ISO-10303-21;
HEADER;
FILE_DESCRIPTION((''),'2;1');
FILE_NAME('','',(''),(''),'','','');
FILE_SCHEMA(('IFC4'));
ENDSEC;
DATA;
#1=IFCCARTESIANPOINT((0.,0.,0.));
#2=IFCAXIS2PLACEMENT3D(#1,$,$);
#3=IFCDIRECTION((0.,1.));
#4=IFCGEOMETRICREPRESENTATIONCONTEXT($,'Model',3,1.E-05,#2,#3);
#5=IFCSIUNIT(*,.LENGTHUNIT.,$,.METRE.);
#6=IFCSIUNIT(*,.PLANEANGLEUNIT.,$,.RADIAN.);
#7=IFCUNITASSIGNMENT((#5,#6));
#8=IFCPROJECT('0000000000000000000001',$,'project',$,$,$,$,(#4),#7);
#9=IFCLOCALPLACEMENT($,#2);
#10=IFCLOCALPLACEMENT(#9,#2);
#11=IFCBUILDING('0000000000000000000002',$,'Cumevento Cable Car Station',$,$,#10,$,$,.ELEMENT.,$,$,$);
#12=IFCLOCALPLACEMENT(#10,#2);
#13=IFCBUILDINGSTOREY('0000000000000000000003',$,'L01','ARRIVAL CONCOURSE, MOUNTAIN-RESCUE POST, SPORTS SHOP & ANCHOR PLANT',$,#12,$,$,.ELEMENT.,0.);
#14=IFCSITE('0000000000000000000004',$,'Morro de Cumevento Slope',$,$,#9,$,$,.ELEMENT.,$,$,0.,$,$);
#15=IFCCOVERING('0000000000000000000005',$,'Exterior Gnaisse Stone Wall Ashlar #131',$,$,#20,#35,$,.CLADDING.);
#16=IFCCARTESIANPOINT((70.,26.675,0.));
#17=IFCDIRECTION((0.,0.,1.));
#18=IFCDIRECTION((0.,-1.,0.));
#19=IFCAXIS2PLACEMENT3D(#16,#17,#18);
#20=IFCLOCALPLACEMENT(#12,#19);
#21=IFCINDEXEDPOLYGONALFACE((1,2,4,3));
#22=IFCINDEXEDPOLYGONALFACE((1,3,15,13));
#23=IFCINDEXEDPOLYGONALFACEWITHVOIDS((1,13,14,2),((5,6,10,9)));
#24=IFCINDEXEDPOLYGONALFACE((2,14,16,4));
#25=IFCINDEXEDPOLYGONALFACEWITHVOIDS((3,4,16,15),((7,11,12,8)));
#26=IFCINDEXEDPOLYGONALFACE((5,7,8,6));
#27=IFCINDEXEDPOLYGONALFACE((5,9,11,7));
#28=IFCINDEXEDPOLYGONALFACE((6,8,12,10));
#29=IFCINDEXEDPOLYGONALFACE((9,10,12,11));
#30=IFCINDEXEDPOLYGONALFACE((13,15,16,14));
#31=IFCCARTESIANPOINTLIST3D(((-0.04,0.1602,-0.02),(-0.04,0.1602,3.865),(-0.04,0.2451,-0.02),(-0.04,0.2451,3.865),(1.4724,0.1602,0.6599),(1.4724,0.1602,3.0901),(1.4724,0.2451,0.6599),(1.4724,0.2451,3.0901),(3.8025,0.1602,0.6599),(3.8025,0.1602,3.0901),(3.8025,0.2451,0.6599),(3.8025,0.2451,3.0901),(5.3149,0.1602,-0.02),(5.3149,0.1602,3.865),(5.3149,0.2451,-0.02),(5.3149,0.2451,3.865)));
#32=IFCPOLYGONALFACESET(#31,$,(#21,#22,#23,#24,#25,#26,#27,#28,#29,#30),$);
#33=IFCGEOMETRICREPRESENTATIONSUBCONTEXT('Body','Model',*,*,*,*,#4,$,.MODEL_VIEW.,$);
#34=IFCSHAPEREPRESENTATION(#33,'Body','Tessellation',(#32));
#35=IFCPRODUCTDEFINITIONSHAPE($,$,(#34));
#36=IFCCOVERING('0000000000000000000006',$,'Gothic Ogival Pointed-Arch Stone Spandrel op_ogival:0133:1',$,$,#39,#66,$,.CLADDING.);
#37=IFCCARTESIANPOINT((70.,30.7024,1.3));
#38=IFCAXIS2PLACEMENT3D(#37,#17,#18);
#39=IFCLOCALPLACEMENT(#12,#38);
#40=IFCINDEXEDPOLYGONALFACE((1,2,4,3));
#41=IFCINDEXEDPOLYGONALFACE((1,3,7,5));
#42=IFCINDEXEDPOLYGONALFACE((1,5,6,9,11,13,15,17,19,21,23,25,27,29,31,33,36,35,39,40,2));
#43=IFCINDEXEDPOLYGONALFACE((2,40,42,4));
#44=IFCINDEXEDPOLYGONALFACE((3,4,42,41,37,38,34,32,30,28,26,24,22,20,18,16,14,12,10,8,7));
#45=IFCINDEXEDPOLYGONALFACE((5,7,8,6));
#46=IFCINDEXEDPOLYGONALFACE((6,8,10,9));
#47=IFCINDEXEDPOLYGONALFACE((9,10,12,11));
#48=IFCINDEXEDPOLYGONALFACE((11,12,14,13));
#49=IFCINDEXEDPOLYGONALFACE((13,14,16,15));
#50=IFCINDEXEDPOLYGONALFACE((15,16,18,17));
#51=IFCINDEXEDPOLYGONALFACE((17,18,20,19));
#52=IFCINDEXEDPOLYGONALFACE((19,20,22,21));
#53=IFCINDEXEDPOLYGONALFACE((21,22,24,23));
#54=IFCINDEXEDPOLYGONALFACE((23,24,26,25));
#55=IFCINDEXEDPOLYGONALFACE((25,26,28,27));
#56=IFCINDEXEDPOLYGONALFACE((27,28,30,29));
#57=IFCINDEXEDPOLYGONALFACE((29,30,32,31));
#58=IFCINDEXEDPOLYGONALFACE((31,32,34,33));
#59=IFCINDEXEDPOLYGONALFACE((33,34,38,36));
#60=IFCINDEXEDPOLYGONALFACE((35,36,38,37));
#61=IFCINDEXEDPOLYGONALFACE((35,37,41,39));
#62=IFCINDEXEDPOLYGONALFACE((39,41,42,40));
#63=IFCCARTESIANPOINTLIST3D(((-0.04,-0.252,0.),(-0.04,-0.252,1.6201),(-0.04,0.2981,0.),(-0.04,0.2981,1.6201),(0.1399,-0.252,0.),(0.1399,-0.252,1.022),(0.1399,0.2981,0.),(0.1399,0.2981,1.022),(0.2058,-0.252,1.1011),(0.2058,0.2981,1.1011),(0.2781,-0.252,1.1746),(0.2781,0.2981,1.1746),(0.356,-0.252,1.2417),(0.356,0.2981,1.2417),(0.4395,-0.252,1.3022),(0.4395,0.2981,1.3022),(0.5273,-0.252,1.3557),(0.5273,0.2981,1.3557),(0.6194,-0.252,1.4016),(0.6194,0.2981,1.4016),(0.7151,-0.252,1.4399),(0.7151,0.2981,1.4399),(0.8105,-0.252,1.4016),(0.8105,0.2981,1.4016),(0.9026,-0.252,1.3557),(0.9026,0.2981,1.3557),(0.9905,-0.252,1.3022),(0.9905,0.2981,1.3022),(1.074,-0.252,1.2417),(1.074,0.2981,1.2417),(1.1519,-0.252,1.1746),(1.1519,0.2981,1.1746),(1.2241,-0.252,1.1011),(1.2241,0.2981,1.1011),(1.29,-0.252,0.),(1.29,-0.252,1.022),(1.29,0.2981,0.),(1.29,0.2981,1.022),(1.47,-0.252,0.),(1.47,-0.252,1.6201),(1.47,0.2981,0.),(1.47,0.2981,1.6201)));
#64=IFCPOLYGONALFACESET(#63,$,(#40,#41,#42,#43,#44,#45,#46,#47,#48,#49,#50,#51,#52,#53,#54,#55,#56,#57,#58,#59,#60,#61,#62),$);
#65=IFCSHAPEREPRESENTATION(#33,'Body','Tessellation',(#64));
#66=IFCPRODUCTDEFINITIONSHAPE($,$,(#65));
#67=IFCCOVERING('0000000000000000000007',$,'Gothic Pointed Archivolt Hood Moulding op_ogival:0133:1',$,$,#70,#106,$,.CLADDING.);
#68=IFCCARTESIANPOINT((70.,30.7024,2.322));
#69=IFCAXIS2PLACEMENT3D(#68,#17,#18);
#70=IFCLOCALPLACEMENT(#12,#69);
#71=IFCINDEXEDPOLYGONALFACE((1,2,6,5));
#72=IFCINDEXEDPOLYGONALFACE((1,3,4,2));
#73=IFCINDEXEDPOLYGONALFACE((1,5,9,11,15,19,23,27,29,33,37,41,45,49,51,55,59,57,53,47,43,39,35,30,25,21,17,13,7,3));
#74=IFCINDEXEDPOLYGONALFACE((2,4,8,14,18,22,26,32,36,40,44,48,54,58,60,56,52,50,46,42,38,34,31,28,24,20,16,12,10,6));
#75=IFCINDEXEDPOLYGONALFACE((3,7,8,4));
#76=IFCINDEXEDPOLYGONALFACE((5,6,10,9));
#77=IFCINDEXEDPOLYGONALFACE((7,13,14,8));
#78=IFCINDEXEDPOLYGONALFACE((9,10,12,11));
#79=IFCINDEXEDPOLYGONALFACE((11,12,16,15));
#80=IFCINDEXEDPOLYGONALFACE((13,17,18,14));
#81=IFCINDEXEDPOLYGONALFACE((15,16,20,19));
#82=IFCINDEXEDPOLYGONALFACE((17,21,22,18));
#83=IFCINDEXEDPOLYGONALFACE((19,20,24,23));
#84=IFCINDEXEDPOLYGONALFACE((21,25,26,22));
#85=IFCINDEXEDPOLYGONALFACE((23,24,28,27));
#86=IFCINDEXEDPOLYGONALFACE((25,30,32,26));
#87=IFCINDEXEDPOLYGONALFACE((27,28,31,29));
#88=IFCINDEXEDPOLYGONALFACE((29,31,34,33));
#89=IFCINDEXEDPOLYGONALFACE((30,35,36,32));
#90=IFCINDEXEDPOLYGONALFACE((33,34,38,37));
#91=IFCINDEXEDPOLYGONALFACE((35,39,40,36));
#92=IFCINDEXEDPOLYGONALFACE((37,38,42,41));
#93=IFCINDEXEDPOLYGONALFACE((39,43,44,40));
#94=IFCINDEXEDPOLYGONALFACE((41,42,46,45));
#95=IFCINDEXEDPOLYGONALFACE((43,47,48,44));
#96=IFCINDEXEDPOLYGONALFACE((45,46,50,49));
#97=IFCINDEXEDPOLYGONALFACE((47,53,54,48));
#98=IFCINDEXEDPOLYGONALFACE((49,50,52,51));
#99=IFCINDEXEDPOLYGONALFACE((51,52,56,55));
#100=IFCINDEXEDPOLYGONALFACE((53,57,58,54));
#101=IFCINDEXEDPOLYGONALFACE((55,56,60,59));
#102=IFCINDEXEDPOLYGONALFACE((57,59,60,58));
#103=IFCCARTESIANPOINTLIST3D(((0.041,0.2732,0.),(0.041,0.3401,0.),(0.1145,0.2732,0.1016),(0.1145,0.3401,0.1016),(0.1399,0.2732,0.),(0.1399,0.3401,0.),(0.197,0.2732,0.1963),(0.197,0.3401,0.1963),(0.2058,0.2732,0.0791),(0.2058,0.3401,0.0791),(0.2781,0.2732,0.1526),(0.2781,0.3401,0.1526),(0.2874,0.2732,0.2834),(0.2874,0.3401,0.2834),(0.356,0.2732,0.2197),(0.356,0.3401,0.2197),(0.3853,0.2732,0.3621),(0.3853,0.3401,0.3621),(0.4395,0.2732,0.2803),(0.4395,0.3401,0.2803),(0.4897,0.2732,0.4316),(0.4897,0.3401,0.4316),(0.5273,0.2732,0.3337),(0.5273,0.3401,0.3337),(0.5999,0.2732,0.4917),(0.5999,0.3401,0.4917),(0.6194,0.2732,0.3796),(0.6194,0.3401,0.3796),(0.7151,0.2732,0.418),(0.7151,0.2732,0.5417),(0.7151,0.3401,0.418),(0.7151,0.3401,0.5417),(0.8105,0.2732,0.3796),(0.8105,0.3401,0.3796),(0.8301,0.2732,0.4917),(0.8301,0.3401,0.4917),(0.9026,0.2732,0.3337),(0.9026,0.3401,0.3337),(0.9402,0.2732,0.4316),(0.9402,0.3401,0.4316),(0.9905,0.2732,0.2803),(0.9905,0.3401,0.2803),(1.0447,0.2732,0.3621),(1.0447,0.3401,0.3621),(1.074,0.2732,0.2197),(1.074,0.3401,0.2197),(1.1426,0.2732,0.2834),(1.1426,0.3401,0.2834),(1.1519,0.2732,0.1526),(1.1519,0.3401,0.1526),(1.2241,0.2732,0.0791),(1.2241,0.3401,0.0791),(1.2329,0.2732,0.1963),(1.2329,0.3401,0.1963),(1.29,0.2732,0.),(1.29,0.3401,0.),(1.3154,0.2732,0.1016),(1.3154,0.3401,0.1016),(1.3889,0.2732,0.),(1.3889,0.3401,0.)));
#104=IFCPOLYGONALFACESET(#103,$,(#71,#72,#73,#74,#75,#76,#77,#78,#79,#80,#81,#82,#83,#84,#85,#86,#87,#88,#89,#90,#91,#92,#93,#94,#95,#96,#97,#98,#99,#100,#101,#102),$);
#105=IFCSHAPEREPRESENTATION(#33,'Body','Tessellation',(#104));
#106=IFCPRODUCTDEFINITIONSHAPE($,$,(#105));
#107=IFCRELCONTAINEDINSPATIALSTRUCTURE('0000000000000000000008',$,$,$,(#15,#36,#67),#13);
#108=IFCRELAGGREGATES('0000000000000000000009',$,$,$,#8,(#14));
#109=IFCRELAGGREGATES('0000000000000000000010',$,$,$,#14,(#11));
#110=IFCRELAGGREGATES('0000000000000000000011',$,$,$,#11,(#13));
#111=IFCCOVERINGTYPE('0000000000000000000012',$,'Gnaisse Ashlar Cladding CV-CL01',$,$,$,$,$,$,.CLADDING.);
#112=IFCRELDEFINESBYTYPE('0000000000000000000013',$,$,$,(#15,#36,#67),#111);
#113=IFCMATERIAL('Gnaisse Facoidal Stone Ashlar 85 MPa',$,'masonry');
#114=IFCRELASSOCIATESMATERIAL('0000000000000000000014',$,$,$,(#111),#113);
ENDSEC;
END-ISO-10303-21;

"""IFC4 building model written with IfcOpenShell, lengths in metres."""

from ifc_helpers import new_model, si_unit, direction, frame, origin, place, context, subcontext, project, spatial, polyline, outline, extrude, material, type_object, element, save


model = new_model("IFC4")

# Units and contexts
model_context = context("Model", 3, precision=1e-05, world=origin(), true_north=direction((0.0, 1.0)))
body_context = subcontext(model_context, "Body", "Model", "MODEL_VIEW")
ifc_project = project(units=[si_unit("LENGTHUNIT", "METRE"), si_unit("PLANEANGLEUNIT", "RADIAN")], contexts=[model_context])

# Site, building, storey
site_placement = place(None, origin())
site = spatial("IfcSite", under=ifc_project, at=site_placement, Name="Morro de Cumevento Slope", CompositionType="ELEMENT", RefElevation=0.0)
building_placement = place(site_placement, origin())
building = spatial("IfcBuilding", under=site, at=building_placement, Name="Cumevento Cable Car Station", CompositionType="ELEMENT")
storey_placement = place(building_placement, origin())
storey = spatial("IfcBuildingStorey", under=building, at=storey_placement, Name="L01", Description="ARRIVAL CONCOURSE, MOUNTAIN-RESCUE POST, SPORTS SHOP & ANCHOR PLANT", CompositionType="ELEMENT", Elevation=0.0)

# Coverings
ifc_material_1 = material(Name="Gnaisse Facoidal Stone Ashlar 85 MPa", Category="masonry")
covering_type = type_object("IfcCoveringType", Name="Gnaisse Ashlar Cladding CV-CL01", PredefinedType="CLADDING", material=ifc_material_1)
covering_1_placement = place(storey_placement, frame((70.0, 26.675, 0.0), z_axis=(0.0, 0.0, 1.0), x_axis=(0.0, -1.0, 0.0)))
element("IfcCovering", 1, at=covering_1_placement, inside=storey, type_object=covering_type, Name="Exterior Gnaisse Stone Wall Ashlar #131", PredefinedType="CLADDING", context=body_context, shape_type="SweptSolid", body=[
    extrude(outline(polyline([(-0.04, -0.02), (5.3149, -0.02), (5.3149, 3.865), (-0.04, 3.865), (-0.04, -0.02)]), holes=[polyline([(1.4724, 0.6599), (3.8025, 0.6599), (3.8025, 3.0901), (1.4724, 3.0901), (1.4724, 0.6599)])]), frame((0.0, 0.2451, 0.0), z_axis=(0.0, -1.0, 0.0), x_axis=(1.0, 0.0, 0.0)), (0.0, 0.0, 1.0), 0.085),
])
covering_2_placement = place(storey_placement, frame((70.0, 30.7024, 1.3), z_axis=(0.0, 0.0, 1.0), x_axis=(0.0, -1.0, 0.0)))
element("IfcCovering", 2, at=covering_2_placement, inside=storey, type_object=covering_type, Name="Gothic Ogival Pointed-Arch Stone Spandrel op_ogival:0133:1", PredefinedType="CLADDING", context=body_context, shape_type="SweptSolid", body=[
    extrude(outline(polyline([(-0.04, 0.0), (-0.04, 1.6201), (1.47, 1.6201), (1.47, 0.0), (1.29, 0.0), (1.29, 1.022), (1.2241, 1.1011), (1.1519, 1.1746), (1.074, 1.2417), (0.9905, 1.3022), (0.9026, 1.3557), (0.8105, 1.4016), (0.7151, 1.4399), (0.6194, 1.4016), (0.5273, 1.3557), (0.4395, 1.3022), (0.356, 1.2417), (0.2781, 1.1746), (0.2058, 1.1011), (0.1399, 1.022), (0.1399, 0.0), (-0.04, 0.0)])), frame((0.0, 0.2981, 0.0), z_axis=(0.0, -1.0, 0.0), x_axis=(1.0, 0.0, 0.0)), (0.0, 0.0, 1.0), 0.55),
])
covering_3_placement = place(storey_placement, frame((70.0, 30.7024, 2.322), z_axis=(0.0, 0.0, 1.0), x_axis=(0.0, -1.0, 0.0)))
element("IfcCovering", 3, at=covering_3_placement, inside=storey, type_object=covering_type, Name="Gothic Pointed Archivolt Hood Moulding op_ogival:0133:1", PredefinedType="CLADDING", context=body_context, shape_type="SweptSolid", body=[
    extrude(outline(polyline([(0.1399, 0.0), (0.2058, 0.0791), (0.2781, 0.1526), (0.356, 0.2197), (0.4395, 0.2803), (0.5273, 0.3337), (0.6194, 0.3796), (0.7151, 0.418), (0.8105, 0.3796), (0.9026, 0.3337), (0.9905, 0.2803), (1.074, 0.2197), (1.1519, 0.1526), (1.2241, 0.0791), (1.29, 0.0), (1.3889, 0.0), (1.3154, 0.1016), (1.2329, 0.1963), (1.1426, 0.2834), (1.0447, 0.3621), (0.9402, 0.4316), (0.8301, 0.4917), (0.7151, 0.5417), (0.5999, 0.4917), (0.4897, 0.4316), (0.3853, 0.3621), (0.2874, 0.2834), (0.197, 0.1963), (0.1145, 0.1016), (0.041, 0.0), (0.1399, 0.0)])), frame((0.0, 0.3401, 0.0), z_axis=(0.0, -1.0, 0.0), x_axis=(1.0, 0.0, 0.0)), (0.0, 0.0, 1.0), 0.0669),
])

save(model, "model.ifc")
